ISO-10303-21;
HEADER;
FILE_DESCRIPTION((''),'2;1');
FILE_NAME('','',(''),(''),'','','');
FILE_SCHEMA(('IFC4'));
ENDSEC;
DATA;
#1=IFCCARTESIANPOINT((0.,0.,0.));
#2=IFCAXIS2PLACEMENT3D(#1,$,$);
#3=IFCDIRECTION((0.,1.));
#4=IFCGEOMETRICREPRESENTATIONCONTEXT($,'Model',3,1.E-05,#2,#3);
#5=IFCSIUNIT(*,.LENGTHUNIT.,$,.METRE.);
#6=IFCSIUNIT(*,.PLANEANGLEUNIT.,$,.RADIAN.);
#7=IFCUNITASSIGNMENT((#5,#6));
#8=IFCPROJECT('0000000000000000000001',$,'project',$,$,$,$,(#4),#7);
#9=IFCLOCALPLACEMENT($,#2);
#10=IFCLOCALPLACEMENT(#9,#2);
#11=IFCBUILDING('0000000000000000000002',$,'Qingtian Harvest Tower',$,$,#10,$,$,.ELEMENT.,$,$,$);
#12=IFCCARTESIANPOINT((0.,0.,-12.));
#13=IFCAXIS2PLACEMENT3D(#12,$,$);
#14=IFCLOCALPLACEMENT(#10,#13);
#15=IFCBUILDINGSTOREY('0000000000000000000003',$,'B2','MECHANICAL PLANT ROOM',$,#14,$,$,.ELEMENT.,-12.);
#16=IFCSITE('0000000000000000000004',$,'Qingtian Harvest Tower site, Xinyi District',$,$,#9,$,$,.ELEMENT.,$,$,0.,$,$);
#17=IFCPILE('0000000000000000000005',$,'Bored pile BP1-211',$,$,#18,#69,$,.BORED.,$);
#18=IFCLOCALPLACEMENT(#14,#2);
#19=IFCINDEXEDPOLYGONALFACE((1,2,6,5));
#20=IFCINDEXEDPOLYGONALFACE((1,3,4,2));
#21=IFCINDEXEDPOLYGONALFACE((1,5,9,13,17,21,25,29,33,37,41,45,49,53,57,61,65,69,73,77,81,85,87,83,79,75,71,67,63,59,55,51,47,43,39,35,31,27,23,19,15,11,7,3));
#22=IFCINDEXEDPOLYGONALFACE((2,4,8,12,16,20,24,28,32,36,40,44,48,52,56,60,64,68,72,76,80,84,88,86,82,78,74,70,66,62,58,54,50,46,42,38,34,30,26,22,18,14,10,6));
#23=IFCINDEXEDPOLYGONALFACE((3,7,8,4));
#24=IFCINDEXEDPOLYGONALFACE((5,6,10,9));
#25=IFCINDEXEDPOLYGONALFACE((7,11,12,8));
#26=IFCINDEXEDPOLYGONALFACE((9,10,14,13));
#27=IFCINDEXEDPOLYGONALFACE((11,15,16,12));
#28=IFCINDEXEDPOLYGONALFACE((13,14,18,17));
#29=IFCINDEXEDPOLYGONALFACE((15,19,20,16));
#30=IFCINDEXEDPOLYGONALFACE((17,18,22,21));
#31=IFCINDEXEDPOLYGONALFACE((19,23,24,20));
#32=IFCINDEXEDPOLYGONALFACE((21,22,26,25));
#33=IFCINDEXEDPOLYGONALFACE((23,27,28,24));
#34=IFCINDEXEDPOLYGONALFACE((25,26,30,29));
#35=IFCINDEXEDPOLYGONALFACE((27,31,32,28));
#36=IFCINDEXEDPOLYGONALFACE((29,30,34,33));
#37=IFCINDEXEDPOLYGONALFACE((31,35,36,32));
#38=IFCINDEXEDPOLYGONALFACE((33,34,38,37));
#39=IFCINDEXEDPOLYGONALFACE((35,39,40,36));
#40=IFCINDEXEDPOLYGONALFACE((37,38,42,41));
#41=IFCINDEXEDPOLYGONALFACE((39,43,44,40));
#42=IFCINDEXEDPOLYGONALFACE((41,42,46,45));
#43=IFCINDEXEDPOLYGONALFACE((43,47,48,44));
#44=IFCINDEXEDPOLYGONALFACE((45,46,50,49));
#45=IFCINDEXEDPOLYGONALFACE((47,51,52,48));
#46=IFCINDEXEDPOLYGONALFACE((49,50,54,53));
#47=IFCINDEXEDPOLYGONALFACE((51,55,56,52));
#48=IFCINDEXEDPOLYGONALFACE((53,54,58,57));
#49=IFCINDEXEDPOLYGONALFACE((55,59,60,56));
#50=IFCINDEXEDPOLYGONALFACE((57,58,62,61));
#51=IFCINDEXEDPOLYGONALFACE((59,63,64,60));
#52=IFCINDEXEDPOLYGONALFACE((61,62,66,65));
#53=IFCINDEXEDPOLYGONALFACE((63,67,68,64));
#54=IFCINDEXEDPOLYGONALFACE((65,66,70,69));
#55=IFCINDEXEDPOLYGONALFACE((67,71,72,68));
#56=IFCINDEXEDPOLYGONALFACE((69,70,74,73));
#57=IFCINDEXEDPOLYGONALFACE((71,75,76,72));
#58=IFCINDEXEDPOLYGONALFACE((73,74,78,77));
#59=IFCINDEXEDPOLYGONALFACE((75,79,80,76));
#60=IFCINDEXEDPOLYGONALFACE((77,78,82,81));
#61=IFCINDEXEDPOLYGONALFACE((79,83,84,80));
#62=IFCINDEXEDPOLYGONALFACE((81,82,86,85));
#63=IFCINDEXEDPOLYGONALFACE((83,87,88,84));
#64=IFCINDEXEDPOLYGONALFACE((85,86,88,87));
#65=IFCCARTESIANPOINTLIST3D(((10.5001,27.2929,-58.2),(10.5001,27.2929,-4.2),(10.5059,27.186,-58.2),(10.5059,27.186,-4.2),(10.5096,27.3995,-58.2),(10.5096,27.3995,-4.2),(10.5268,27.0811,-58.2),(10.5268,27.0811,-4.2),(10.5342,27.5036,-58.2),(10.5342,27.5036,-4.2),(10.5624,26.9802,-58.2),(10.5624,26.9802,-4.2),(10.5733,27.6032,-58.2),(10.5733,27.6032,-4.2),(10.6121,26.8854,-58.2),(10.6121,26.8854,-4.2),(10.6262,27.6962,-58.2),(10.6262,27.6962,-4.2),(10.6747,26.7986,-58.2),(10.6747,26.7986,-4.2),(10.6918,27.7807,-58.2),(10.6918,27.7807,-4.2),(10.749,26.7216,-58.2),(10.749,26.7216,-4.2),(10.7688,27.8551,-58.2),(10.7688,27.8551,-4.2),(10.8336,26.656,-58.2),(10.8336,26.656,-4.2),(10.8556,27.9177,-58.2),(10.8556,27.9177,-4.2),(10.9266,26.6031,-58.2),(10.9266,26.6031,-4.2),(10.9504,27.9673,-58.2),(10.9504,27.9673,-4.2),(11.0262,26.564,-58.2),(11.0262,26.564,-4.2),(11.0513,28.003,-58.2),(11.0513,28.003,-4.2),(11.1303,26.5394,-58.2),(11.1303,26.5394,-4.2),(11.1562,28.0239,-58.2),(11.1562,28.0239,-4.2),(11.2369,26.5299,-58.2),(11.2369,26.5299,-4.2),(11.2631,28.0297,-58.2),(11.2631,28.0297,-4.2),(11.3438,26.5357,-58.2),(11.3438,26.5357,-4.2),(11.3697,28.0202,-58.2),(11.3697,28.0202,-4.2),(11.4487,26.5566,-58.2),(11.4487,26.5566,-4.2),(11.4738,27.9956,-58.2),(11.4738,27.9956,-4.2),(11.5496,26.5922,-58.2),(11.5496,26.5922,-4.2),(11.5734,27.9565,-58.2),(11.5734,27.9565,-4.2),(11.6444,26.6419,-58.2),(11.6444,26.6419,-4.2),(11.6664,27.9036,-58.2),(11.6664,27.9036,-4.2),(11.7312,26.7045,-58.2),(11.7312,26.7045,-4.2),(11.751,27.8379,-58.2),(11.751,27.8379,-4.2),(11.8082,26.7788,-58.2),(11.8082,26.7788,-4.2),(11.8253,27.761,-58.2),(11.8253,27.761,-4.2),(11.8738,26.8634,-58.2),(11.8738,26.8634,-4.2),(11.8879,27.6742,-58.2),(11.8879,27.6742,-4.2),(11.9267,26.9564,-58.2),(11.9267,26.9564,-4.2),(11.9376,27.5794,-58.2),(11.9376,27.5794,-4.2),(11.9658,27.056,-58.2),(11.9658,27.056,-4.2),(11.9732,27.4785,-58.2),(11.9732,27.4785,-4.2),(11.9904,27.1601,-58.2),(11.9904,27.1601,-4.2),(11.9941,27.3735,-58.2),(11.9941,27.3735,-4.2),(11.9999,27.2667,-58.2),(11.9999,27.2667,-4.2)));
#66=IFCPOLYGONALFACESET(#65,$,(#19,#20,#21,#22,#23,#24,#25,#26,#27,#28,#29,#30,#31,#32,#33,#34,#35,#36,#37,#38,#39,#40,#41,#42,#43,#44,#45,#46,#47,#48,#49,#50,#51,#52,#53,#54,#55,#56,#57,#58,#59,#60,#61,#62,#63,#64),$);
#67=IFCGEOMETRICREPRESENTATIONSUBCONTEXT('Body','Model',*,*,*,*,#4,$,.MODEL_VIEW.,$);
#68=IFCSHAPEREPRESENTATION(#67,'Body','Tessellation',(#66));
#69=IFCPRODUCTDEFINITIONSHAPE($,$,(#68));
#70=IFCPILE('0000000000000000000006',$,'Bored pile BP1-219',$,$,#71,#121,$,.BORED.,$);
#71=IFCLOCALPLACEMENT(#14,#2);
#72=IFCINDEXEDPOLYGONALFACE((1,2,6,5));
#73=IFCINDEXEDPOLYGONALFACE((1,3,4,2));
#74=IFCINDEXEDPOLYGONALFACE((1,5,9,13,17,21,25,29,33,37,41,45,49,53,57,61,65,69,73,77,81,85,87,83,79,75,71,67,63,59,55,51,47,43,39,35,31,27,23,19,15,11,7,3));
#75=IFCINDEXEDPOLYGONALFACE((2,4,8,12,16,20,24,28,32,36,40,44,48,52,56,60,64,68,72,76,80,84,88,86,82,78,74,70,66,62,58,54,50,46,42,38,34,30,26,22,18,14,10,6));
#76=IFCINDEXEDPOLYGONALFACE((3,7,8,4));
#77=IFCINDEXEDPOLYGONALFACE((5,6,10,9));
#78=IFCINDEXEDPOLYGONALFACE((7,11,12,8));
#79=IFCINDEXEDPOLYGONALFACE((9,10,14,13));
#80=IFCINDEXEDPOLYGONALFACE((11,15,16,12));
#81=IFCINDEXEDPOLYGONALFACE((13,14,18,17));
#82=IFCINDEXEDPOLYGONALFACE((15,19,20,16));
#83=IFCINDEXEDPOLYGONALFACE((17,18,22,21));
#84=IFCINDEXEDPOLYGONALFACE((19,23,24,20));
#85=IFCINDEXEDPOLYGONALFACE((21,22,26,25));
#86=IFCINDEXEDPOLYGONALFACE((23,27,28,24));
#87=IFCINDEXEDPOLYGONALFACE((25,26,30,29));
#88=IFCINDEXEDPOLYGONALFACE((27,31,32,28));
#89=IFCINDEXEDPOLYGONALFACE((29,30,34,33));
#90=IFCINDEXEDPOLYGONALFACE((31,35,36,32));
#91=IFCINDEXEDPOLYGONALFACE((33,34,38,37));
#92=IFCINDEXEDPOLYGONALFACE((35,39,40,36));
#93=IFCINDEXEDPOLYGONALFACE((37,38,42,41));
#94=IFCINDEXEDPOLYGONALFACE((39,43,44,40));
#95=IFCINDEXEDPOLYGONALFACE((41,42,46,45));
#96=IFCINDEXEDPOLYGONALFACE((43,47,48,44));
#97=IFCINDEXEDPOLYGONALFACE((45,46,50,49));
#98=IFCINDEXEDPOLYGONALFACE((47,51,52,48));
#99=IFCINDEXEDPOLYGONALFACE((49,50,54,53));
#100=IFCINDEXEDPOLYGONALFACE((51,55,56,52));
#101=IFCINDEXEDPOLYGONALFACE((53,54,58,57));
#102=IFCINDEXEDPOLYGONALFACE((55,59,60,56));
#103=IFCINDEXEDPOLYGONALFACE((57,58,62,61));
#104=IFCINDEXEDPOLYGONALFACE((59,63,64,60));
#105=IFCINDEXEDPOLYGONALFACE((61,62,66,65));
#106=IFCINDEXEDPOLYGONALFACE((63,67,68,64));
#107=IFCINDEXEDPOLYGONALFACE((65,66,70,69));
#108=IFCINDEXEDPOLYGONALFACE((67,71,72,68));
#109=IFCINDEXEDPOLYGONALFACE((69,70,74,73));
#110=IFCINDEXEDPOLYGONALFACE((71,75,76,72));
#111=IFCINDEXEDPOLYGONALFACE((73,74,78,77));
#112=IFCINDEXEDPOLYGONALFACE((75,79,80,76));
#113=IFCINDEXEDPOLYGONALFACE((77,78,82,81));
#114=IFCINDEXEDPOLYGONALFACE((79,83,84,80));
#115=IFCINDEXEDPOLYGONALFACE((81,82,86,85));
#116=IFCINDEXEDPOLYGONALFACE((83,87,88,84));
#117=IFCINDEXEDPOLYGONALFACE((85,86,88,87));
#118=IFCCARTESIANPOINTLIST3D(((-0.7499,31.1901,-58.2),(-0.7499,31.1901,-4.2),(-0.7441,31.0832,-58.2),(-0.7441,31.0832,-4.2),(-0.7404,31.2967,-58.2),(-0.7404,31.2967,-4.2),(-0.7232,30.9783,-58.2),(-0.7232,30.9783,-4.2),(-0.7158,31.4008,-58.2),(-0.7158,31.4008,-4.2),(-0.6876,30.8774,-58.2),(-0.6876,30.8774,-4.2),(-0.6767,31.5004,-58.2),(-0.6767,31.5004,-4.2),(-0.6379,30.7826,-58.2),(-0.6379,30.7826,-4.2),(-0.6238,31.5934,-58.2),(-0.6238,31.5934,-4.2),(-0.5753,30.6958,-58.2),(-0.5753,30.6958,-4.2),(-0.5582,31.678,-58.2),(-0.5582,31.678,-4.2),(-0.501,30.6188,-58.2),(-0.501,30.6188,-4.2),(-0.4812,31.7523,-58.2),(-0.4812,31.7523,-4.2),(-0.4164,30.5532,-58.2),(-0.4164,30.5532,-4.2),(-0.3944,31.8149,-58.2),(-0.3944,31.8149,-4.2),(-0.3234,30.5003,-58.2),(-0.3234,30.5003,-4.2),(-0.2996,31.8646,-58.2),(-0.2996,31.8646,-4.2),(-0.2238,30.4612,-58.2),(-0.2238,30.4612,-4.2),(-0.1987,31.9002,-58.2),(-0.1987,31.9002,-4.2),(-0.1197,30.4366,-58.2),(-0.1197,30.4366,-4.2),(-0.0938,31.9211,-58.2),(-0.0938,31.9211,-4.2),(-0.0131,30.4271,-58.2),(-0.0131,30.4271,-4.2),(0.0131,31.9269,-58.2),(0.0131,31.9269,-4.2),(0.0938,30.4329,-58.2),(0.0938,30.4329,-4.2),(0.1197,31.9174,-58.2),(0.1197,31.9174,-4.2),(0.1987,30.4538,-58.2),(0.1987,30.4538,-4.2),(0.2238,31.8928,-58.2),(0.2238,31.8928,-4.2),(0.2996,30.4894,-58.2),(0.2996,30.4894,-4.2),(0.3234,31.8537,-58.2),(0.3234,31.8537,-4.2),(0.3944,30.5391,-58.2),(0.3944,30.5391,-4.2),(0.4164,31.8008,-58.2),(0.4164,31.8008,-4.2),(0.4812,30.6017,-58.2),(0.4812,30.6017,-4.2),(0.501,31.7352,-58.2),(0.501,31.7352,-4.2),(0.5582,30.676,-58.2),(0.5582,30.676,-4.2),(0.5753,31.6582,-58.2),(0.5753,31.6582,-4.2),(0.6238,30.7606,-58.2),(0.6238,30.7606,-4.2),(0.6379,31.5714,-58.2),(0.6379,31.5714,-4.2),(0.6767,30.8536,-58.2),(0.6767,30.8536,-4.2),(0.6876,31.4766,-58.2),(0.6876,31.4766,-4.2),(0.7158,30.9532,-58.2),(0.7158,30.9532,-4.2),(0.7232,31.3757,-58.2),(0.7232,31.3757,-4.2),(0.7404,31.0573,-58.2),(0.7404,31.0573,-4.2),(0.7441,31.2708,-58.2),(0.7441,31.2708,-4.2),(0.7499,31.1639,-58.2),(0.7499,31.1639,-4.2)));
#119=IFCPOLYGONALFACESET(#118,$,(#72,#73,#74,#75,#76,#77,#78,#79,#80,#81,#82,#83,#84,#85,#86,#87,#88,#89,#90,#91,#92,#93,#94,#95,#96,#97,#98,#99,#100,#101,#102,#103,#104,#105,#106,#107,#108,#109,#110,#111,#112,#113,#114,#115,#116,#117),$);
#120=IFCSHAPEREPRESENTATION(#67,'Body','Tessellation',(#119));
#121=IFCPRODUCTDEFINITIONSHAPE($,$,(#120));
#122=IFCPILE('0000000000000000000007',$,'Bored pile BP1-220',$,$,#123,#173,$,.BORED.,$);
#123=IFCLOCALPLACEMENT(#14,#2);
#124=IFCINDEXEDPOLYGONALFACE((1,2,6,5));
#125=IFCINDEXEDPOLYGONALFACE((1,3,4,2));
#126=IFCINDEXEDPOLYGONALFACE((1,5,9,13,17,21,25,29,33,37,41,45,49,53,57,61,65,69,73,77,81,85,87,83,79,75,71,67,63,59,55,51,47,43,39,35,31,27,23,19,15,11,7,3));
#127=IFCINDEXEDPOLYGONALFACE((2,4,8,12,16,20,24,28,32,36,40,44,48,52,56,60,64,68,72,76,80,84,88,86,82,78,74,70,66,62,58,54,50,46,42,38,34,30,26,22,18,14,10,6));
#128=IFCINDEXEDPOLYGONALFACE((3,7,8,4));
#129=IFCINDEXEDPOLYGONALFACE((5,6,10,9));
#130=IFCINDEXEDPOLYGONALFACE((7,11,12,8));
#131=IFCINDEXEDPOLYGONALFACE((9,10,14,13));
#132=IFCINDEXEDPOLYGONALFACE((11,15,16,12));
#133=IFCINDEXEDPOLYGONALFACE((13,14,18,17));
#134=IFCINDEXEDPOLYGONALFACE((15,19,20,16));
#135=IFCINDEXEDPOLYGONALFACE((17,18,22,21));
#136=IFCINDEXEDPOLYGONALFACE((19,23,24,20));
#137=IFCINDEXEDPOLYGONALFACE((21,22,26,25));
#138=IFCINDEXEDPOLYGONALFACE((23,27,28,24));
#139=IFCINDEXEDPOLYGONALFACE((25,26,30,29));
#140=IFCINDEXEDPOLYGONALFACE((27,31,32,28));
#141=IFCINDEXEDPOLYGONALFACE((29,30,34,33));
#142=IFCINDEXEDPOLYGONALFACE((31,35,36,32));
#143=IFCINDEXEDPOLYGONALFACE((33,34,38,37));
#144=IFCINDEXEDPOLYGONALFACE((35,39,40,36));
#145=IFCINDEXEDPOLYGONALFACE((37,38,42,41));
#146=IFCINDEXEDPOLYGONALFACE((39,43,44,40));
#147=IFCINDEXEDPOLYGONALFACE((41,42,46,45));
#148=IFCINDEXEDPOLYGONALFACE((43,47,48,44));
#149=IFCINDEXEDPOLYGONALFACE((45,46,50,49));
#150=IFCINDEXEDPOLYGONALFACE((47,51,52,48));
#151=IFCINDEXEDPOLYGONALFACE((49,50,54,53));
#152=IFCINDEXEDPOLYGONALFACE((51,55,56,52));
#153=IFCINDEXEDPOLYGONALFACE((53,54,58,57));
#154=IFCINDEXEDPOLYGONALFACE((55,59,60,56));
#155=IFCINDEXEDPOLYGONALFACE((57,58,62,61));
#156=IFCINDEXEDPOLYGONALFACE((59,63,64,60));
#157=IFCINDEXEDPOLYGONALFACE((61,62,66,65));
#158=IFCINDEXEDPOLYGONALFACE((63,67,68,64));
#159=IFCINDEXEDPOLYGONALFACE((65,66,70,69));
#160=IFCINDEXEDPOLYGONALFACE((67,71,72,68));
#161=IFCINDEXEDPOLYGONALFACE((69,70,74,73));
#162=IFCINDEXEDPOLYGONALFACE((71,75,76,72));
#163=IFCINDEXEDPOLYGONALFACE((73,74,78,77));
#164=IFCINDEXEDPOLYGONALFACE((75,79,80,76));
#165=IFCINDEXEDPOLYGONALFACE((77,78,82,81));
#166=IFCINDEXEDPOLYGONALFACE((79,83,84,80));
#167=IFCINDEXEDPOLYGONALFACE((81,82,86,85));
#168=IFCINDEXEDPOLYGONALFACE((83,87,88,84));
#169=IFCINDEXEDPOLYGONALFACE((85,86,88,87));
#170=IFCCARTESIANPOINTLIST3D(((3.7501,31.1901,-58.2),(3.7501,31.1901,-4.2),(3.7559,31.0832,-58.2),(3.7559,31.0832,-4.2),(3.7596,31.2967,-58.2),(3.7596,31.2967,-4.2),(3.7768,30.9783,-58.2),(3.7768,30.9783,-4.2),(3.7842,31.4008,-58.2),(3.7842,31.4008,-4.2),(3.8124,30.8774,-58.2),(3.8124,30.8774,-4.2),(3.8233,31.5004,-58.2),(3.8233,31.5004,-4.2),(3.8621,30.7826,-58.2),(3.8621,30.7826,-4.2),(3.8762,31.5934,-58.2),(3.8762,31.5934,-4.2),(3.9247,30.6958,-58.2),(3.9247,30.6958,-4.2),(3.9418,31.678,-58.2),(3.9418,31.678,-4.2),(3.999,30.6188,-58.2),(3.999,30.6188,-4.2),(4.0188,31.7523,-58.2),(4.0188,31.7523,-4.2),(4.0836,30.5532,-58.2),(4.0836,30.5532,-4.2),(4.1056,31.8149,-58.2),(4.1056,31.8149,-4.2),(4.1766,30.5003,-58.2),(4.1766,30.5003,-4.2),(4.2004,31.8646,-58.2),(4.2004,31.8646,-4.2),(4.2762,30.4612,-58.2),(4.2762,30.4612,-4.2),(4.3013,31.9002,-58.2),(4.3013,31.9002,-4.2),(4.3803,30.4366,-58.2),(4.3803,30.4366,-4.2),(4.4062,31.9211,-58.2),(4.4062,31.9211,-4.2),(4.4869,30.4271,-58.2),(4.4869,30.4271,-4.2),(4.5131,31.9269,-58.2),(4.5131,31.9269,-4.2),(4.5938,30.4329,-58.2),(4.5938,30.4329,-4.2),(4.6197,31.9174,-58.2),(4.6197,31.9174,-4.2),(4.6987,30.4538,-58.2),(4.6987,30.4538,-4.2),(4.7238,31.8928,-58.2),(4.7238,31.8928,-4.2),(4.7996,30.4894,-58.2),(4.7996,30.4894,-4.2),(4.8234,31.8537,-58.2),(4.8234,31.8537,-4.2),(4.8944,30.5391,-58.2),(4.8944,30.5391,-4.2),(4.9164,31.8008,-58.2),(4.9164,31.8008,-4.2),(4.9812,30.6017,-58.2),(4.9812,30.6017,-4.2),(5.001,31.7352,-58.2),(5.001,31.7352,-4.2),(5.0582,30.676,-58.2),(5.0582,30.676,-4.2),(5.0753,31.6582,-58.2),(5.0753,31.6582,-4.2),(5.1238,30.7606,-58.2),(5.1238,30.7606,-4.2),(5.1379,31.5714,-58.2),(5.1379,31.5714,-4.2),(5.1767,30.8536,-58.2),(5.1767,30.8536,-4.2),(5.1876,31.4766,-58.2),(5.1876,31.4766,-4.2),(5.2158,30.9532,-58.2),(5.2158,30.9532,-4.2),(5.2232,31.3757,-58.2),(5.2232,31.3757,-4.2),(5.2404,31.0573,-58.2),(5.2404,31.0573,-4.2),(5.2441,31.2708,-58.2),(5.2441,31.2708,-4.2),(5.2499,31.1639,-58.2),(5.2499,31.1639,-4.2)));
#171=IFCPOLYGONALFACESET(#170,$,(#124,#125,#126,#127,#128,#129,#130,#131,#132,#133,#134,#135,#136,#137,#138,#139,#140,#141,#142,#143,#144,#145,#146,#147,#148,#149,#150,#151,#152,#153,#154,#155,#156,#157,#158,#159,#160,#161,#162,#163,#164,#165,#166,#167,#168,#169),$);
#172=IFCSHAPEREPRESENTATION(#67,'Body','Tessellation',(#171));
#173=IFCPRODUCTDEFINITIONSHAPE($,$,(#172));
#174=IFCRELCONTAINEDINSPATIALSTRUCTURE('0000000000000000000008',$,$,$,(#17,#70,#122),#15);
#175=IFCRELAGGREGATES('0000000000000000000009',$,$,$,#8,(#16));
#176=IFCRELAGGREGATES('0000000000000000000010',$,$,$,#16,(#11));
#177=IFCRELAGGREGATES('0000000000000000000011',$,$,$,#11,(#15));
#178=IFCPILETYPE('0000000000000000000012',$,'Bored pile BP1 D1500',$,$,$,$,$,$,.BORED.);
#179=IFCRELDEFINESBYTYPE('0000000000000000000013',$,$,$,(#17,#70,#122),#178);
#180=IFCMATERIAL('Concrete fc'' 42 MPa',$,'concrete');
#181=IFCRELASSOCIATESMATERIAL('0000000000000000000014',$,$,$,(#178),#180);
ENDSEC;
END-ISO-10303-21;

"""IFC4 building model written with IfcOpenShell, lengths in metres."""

from ifc_helpers import new_model, si_unit, direction, frame, frame_2d, origin, place, context, subcontext, project, spatial, circle, extrude, material, material_profile, profile_set, type_object, element, save


model = new_model("IFC4")

# Units and contexts
model_context = context("Model", 3, precision=1e-05, world=origin(), true_north=direction((0.0, 1.0)))
body_context = subcontext(model_context, "Body", "Model", "MODEL_VIEW")
ifc_project = project(units=[si_unit("LENGTHUNIT", "METRE"), si_unit("PLANEANGLEUNIT", "RADIAN")], contexts=[model_context])

# Site, building, storey
site_placement = place(None, origin())
site = spatial("IfcSite", under=ifc_project, at=site_placement, Name="Qingtian Harvest Tower site, Xinyi District", CompositionType="ELEMENT", RefElevation=0.0)
building_placement = place(site_placement, origin())
building = spatial("IfcBuilding", under=site, at=building_placement, Name="Qingtian Harvest Tower", CompositionType="ELEMENT")
storey_placement = place(building_placement, frame((0.0, 0.0, -12.0)))
storey = spatial("IfcBuildingStorey", under=building, at=storey_placement, Name="B2", Description="MECHANICAL PLANT ROOM", CompositionType="ELEMENT", Elevation=-12.0)

# Piles
ifc_material_1 = material(Name="Concrete fc' 42 MPa", Category="concrete")
ifc_material_profile_1 = material_profile(ifc_material_1, circle(Radius=0.75, at=frame_2d((0.0, 0.0), x_axis=(0.999848, 0.017452))), Name="Bored pile BP1 D1500")
ifc_profile_set_1 = profile_set([ifc_material_profile_1], Name="Concrete fc' 42 MPa")
pile_type = type_object("IfcPileType", Name="Bored pile BP1 D1500", PredefinedType="BORED", material=ifc_profile_set_1)
for number, where, z_axis, x_axis, name in (
    (1, (11.25, 27.2798, -4.2), (0.0, 0.0, -1.0), (1.0, 0.0, 0.0), "Bored pile BP1-211"),
    (2, (0.0, 31.177, -4.2), (0.0, 0.0, -1.0), (1.0, 0.0, 0.0), "Bored pile BP1-219"),
    (3, (4.5, 31.177, -4.2), (0.0, 0.0, -1.0), (1.0, 0.0, 0.0), "Bored pile BP1-220"),
):
    element("IfcPile", number, at=place(storey_placement, frame(where, z_axis=z_axis, x_axis=x_axis)), inside=storey, type_object=pile_type, Name=name, PredefinedType="BORED", context=body_context, shape_type="SweptSolid", body=[
        extrude(circle(Radius=0.75, at=frame_2d((0.0, 0.0), x_axis=(0.999848, 0.017452))), origin(), (0.0, 0.0, 1.0), 54.0),
    ])

save(model, "model.ifc")
